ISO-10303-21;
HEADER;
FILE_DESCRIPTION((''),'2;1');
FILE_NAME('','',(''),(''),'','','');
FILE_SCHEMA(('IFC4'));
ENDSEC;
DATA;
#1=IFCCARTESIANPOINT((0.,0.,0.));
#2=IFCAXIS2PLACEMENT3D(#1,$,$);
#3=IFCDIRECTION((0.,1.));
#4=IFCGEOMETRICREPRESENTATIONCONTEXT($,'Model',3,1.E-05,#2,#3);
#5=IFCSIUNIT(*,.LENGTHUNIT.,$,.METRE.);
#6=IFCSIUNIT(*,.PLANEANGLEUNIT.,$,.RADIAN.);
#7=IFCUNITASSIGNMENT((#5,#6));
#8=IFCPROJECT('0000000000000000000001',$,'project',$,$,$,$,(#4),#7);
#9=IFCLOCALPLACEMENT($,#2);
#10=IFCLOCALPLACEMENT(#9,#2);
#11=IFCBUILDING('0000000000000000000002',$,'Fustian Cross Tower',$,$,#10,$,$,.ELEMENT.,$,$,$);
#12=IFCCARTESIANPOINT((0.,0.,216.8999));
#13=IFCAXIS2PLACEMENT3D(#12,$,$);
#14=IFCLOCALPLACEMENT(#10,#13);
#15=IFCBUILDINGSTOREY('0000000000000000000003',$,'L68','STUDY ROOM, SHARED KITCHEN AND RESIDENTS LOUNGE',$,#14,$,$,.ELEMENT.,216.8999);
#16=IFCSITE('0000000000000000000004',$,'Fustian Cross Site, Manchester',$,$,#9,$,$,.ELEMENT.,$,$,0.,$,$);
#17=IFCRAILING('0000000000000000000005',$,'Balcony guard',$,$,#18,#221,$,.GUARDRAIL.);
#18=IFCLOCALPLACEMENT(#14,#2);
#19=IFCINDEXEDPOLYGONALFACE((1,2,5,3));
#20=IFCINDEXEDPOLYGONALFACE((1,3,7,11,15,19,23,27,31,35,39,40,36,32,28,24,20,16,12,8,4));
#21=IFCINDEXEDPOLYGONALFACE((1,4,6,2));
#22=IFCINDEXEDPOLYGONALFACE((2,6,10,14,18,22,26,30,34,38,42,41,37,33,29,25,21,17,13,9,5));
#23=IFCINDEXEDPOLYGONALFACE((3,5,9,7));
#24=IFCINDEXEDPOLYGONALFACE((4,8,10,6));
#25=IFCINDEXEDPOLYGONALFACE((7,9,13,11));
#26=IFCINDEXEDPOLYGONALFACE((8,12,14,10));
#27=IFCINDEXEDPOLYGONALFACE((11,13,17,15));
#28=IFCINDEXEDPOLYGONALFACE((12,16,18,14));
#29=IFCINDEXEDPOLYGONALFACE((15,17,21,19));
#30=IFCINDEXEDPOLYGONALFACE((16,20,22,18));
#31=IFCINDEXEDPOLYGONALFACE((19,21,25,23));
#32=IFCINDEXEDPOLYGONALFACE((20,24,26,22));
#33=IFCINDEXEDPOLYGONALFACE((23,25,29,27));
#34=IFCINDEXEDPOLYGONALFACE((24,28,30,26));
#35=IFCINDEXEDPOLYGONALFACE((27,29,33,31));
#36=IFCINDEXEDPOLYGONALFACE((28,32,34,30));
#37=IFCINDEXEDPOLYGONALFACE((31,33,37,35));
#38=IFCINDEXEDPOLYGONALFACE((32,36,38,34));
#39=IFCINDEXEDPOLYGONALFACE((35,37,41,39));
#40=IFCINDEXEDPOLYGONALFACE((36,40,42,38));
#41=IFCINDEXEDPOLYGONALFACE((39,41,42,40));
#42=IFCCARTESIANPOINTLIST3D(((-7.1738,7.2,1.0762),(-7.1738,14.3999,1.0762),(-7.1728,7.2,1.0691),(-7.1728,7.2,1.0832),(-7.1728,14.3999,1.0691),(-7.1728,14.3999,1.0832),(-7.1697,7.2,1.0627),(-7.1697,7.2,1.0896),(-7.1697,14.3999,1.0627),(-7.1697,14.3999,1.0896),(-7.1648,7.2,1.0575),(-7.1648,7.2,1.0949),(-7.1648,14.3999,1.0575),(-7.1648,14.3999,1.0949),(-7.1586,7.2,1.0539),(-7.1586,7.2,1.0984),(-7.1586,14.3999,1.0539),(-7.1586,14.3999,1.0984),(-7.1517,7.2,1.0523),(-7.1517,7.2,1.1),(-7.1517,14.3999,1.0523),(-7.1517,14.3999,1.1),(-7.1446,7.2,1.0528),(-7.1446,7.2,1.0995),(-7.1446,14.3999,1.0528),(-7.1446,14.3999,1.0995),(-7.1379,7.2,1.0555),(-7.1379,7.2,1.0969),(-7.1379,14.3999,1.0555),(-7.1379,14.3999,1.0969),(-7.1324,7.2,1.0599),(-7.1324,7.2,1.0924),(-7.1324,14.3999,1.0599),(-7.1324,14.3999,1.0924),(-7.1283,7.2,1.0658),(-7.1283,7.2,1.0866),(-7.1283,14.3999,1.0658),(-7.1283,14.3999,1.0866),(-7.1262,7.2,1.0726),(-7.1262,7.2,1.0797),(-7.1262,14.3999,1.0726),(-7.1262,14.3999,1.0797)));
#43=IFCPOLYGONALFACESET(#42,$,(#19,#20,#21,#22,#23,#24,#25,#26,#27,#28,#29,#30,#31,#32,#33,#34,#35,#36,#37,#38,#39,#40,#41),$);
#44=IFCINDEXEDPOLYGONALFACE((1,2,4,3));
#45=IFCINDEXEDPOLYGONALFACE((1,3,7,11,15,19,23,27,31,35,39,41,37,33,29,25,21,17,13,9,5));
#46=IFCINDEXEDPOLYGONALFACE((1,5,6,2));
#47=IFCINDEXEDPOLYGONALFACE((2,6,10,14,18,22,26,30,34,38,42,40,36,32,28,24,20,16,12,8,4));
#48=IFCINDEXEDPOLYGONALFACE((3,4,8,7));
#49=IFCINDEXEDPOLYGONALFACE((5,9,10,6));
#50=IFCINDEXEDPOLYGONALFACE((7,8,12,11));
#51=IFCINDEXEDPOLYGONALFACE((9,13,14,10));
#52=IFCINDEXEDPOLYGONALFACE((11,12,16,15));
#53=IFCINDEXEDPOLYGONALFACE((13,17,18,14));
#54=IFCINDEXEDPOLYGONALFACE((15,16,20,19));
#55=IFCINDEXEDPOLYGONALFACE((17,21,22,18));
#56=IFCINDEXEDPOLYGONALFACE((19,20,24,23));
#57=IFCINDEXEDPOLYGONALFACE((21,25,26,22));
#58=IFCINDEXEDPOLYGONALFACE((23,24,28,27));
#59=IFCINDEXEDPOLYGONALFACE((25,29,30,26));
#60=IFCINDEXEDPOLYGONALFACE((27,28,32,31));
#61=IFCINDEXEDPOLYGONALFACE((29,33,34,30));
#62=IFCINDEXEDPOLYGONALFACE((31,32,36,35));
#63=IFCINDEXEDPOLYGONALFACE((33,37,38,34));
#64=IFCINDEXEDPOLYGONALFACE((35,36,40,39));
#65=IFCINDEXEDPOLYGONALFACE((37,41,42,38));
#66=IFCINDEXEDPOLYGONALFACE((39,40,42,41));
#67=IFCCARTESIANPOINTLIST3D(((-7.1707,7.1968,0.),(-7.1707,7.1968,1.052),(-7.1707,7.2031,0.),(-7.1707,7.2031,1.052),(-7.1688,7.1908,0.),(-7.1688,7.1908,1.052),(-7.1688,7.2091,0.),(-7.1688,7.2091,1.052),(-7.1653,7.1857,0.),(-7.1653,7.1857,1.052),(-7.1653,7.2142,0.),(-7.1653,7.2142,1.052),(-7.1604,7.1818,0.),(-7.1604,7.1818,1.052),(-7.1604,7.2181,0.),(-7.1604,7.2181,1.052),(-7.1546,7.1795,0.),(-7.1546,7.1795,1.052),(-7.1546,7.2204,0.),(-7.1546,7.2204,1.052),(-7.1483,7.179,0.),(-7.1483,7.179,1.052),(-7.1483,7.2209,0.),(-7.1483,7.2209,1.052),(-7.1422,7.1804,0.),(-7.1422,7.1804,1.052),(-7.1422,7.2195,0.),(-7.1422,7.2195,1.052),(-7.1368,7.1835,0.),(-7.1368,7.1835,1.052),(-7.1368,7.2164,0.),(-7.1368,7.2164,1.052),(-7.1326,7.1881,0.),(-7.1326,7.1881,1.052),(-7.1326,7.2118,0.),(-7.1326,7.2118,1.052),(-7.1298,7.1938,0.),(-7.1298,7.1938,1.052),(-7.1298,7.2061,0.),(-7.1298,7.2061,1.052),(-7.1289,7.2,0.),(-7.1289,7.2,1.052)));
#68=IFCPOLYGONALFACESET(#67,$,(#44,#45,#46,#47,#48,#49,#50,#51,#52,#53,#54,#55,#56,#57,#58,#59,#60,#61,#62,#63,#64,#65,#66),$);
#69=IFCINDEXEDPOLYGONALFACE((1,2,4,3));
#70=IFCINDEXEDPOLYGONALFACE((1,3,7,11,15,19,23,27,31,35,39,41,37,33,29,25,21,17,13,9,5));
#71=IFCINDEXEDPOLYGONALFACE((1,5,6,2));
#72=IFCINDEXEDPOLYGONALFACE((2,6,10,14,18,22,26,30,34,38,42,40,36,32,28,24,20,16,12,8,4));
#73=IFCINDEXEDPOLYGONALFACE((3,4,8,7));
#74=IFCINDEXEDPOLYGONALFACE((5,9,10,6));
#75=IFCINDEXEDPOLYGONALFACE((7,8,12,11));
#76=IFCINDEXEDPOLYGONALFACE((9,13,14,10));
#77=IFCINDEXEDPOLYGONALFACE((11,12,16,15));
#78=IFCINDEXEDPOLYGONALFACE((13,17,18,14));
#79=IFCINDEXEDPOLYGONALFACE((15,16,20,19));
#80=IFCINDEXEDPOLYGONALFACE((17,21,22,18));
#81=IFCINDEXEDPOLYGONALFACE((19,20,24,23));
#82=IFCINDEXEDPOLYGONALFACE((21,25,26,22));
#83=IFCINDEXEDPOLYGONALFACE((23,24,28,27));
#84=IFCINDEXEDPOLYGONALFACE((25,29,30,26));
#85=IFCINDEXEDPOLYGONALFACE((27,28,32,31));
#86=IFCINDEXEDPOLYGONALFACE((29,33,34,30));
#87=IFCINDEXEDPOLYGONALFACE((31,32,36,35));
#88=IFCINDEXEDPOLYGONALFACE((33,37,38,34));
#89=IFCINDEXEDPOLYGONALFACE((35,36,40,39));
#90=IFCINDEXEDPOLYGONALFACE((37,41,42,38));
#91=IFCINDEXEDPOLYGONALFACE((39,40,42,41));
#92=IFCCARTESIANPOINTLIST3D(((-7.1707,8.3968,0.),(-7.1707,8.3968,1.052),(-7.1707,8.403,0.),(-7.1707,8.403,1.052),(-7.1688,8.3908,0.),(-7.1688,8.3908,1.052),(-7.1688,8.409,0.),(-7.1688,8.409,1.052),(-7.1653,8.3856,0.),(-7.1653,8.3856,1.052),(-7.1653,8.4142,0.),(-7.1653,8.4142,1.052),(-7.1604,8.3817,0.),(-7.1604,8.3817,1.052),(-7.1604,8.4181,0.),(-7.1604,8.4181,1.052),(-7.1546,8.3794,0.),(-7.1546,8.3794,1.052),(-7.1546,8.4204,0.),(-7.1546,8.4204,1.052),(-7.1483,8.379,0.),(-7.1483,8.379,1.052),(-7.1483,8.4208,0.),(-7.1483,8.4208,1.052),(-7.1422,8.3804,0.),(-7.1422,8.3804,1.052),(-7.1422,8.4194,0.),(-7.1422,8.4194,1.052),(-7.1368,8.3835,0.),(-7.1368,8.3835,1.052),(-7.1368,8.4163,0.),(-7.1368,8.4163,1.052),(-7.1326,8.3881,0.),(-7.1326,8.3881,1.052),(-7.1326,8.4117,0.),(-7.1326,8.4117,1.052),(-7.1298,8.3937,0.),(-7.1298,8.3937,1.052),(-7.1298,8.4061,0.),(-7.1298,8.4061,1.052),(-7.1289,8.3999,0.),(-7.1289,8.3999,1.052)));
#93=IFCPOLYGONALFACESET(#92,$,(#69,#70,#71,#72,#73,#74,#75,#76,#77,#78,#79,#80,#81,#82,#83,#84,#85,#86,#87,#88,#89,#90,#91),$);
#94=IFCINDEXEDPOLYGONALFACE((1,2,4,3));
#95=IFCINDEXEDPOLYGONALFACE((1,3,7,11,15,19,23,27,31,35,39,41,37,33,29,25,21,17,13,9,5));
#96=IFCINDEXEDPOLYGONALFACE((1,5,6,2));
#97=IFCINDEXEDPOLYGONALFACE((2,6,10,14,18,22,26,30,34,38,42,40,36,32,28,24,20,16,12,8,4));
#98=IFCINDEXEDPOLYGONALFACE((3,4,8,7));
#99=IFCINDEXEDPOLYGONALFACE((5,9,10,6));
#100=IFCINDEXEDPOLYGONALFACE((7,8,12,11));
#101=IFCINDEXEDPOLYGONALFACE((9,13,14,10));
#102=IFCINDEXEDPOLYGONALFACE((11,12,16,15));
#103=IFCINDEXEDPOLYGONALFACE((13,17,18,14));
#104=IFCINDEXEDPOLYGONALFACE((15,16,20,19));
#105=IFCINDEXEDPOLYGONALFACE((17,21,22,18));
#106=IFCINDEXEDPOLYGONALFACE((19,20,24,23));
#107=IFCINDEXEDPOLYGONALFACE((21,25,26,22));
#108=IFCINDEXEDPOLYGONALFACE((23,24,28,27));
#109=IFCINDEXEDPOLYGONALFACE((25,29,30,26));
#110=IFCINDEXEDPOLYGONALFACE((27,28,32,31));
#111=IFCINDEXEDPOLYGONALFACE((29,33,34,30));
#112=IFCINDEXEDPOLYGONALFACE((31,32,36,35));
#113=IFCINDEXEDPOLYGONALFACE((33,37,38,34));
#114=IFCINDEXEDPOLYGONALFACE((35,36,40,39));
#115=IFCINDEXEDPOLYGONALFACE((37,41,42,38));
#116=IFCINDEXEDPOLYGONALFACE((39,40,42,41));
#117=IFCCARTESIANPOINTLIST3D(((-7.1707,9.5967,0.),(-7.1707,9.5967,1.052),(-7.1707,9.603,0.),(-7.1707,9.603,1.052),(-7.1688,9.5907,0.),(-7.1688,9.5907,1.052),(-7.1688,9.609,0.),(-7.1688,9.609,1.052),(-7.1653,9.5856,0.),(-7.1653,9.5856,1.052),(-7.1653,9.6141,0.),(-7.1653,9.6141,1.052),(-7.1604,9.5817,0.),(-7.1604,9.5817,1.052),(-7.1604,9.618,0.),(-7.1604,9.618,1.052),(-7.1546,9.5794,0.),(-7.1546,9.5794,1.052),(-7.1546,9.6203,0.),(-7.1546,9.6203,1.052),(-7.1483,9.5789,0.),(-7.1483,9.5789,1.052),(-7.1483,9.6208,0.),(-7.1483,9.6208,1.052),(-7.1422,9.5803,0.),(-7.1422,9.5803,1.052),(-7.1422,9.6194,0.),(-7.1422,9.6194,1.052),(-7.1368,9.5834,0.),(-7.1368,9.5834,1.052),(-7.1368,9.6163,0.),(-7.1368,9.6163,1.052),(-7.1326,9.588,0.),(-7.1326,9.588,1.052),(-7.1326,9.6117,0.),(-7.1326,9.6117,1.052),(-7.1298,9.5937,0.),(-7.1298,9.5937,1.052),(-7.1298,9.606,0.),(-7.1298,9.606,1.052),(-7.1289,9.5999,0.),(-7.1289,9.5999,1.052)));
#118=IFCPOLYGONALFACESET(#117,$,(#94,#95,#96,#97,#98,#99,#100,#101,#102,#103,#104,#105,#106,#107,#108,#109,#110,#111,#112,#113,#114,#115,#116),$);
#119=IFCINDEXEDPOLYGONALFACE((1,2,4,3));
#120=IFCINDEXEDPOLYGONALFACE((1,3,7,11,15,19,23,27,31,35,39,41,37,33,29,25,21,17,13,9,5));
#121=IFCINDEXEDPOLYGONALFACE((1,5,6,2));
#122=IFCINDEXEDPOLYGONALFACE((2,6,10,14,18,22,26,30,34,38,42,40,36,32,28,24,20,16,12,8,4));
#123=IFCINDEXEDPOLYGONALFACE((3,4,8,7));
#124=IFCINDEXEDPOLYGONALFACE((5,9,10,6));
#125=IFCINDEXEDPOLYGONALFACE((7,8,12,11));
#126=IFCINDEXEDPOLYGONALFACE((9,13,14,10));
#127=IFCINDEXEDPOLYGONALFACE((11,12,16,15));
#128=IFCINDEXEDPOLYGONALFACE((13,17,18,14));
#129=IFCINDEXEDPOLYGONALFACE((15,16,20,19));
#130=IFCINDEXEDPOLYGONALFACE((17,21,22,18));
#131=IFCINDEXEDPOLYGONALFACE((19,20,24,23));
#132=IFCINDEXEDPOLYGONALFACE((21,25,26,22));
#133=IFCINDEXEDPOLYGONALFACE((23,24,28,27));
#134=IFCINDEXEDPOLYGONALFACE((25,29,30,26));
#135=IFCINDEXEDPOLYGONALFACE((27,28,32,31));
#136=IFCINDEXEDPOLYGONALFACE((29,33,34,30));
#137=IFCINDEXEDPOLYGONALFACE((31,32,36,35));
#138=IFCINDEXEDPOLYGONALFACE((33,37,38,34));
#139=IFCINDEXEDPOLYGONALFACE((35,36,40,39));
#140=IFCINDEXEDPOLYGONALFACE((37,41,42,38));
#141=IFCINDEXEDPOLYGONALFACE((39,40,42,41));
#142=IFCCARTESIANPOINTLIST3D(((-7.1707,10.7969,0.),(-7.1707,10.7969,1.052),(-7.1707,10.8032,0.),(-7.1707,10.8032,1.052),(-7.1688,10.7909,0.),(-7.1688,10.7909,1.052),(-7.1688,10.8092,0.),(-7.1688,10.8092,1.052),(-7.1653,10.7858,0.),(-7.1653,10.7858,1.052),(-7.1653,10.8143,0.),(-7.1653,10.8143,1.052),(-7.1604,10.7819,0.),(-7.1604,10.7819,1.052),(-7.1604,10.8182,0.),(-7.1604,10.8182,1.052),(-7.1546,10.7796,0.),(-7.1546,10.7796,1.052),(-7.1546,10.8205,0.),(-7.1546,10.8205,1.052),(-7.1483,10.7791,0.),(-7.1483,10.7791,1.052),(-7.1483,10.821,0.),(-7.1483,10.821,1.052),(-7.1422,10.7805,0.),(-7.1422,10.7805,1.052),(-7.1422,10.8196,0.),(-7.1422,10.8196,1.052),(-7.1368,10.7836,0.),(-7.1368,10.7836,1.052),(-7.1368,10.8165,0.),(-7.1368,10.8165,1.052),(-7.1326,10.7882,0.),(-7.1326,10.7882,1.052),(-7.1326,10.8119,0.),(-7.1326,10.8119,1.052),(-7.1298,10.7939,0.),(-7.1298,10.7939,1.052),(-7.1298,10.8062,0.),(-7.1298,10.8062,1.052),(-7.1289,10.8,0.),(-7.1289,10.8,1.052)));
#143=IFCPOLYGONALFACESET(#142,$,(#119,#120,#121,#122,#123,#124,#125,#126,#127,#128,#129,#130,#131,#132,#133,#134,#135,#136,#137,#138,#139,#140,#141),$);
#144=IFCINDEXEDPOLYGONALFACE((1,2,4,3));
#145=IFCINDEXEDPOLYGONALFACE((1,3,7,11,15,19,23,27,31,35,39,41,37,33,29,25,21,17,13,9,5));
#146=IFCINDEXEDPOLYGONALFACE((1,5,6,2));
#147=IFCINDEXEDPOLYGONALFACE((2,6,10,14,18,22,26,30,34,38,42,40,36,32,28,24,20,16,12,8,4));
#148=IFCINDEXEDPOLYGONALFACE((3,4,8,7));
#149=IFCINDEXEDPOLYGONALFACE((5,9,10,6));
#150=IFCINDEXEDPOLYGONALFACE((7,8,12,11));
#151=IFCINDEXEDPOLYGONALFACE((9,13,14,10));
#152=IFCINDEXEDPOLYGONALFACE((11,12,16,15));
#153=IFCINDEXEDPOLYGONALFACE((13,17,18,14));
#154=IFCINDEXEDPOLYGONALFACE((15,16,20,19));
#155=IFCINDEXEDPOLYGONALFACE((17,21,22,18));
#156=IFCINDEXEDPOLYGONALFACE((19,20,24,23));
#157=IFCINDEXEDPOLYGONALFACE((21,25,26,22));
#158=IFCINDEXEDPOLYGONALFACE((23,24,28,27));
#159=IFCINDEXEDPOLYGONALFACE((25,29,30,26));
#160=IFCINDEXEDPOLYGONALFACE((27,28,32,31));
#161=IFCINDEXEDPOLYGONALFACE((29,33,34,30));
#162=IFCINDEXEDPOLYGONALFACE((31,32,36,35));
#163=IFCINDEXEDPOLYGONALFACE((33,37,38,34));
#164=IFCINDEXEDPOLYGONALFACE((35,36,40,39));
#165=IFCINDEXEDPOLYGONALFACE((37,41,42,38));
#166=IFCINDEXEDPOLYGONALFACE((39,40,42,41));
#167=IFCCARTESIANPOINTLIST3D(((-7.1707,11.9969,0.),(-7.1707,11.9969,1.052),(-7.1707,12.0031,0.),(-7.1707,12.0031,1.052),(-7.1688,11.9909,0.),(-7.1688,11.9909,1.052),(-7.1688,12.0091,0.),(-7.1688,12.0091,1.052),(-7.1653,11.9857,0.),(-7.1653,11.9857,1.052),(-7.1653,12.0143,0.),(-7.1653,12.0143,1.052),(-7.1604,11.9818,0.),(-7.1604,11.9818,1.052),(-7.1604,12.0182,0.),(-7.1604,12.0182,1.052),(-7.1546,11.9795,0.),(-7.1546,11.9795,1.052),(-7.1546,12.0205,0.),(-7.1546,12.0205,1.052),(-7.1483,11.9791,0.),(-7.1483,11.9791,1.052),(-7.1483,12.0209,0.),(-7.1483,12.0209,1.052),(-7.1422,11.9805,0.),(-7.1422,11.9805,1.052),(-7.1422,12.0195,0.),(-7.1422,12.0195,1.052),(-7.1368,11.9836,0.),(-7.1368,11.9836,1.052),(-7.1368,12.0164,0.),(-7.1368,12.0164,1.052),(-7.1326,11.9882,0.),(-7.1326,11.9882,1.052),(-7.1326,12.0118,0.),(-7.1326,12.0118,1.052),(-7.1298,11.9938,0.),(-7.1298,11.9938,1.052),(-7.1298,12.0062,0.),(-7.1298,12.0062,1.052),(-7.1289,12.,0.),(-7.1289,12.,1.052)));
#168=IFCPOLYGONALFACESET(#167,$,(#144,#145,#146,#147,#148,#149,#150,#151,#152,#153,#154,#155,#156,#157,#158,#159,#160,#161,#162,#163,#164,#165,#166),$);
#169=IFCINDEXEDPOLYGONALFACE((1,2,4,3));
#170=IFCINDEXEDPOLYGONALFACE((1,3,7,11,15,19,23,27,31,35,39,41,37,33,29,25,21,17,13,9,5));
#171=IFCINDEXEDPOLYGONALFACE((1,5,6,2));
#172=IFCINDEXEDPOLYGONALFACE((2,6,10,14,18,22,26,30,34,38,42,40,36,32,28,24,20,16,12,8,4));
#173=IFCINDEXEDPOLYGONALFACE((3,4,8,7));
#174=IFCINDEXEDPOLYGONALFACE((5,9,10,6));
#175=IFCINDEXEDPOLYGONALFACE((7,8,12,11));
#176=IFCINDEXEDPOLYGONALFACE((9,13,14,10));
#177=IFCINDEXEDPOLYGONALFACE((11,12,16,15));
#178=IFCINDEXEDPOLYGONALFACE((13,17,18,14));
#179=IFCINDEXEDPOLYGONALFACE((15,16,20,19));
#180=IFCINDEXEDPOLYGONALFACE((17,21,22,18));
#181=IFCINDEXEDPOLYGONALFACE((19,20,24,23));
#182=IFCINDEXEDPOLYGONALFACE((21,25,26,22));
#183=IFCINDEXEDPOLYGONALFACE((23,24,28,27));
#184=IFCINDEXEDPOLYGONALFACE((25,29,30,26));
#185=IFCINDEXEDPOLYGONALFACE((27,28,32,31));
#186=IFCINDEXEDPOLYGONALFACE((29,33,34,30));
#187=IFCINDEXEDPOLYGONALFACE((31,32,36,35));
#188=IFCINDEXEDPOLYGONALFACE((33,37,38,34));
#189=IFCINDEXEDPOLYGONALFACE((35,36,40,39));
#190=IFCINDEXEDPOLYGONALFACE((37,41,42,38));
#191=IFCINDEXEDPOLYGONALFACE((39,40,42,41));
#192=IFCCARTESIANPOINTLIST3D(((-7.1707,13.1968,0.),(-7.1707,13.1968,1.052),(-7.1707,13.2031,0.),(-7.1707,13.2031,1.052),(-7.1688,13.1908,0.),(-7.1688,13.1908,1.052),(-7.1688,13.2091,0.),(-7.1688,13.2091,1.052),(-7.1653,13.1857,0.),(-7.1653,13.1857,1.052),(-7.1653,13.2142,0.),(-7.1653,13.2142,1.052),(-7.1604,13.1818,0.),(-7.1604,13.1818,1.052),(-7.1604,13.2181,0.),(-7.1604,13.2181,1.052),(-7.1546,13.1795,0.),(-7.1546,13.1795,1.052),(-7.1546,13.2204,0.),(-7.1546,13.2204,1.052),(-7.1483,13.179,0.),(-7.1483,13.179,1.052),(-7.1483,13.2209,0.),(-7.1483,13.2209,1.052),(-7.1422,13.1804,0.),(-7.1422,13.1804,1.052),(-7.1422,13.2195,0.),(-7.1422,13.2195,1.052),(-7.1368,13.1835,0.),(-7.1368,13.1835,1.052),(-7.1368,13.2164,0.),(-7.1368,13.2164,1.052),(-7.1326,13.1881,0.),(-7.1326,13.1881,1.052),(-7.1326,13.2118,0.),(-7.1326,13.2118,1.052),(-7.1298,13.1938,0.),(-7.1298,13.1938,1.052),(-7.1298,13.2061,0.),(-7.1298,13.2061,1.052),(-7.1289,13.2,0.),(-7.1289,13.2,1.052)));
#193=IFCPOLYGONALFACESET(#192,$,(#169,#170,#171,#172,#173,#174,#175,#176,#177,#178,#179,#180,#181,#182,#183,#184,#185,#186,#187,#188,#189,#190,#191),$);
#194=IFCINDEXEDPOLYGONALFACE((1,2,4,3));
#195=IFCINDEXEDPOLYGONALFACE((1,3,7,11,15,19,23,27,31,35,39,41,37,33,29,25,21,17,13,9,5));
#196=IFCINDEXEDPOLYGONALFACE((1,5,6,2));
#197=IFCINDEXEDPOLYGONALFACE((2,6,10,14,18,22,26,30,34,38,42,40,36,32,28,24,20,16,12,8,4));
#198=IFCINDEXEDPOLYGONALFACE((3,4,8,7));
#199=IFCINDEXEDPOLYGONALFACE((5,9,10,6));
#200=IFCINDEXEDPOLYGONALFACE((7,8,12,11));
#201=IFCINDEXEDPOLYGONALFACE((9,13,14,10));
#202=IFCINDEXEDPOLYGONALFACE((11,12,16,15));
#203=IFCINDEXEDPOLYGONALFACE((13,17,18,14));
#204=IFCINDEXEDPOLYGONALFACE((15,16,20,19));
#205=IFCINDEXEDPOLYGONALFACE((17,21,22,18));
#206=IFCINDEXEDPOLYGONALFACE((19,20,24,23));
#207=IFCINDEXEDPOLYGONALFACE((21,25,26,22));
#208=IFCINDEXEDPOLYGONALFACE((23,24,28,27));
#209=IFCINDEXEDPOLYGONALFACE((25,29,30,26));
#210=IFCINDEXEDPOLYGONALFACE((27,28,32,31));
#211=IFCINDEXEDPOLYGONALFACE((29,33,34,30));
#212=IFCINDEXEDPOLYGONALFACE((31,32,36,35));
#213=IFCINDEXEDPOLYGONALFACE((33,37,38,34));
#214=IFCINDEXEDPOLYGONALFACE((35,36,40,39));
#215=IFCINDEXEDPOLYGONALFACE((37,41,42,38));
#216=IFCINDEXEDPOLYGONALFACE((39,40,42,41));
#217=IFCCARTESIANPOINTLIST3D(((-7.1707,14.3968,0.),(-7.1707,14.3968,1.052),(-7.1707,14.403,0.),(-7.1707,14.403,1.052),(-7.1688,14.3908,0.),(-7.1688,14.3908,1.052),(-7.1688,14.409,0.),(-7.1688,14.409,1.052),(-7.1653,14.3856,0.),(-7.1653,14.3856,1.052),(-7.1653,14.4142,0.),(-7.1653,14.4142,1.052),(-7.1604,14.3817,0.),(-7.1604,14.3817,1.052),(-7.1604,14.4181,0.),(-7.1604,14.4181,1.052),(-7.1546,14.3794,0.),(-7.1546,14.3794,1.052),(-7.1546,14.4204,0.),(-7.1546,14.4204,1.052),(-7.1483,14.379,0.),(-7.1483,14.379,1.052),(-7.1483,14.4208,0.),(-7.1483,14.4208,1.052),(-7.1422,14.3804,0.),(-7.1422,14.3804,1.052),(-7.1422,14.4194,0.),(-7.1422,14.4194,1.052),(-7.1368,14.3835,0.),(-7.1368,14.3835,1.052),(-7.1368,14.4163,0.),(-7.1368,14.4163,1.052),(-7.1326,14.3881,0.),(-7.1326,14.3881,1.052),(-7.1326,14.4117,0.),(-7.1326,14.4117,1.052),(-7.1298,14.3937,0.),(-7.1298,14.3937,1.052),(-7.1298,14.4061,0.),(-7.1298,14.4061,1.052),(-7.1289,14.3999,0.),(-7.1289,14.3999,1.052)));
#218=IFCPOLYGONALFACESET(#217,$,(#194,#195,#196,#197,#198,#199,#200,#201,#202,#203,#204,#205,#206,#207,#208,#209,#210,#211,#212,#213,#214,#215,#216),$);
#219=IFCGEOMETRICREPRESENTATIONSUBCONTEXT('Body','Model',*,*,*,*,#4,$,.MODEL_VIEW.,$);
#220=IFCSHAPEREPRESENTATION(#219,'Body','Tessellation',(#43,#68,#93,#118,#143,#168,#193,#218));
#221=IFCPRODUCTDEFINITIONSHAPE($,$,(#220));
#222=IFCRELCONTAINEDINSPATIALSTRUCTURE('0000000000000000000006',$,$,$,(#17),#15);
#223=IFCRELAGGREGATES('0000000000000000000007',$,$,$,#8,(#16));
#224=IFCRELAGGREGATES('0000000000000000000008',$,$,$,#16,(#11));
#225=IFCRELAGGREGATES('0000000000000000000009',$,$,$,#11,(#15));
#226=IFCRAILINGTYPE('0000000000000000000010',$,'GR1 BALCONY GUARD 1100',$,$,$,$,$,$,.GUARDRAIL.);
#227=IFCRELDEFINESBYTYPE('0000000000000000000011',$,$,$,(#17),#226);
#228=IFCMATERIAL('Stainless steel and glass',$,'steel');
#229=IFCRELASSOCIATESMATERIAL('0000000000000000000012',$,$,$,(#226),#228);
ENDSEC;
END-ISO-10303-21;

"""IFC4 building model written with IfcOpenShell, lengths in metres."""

from ifc_helpers import new_model, si_unit, direction, frame, origin, origin_2d, place, context, subcontext, project, spatial, circle, extrude, material, type_object, element, save


model = new_model("IFC4")

# Units and contexts
model_context = context("Model", 3, precision=1e-05, world=origin(), true_north=direction((0.0, 1.0)))
body_context = subcontext(model_context, "Body", "Model", "MODEL_VIEW")
ifc_project = project(units=[si_unit("LENGTHUNIT", "METRE"), si_unit("PLANEANGLEUNIT", "RADIAN")], contexts=[model_context])

# Site, building, storey
site_placement = place(None, origin())
site = spatial("IfcSite", under=ifc_project, at=site_placement, Name="Fustian Cross Site, Manchester", CompositionType="ELEMENT", RefElevation=0.0)
building_placement = place(site_placement, origin())
building = spatial("IfcBuilding", under=site, at=building_placement, Name="Fustian Cross Tower", CompositionType="ELEMENT")
storey_placement = place(building_placement, frame((0.0, 0.0, 216.8999)))
storey = spatial("IfcBuildingStorey", under=building, at=storey_placement, Name="L68", Description="STUDY ROOM, SHARED KITCHEN AND RESIDENTS LOUNGE", CompositionType="ELEMENT", Elevation=216.8999)

# Railing
ifc_material_1 = material(Name="Stainless steel and glass", Category="steel")
railing_type_1 = type_object("IfcRailingType", Name="GR1 BALCONY GUARD 1100", PredefinedType="GUARDRAIL", material=ifc_material_1)
railing_1_placement = place(storey_placement, frame((-7.1499, 7.2, 0.0)))
element("IfcRailing", 1, at=railing_1_placement, inside=storey, type_object=railing_type_1, Name="Balcony guard", PredefinedType="GUARDRAIL", context=body_context, shape_type="SweptSolid", body=[
    extrude(circle(Radius=0.0239, at=origin_2d()), frame((0.0, 0.0, 1.0762), z_axis=(0.0, 1.0, 0.0), x_axis=(-1.0, 0.0, 0.0)), (0.0, 0.0, 1.0), 7.2),
    extrude(circle(Radius=0.021, at=origin_2d()), origin(), (0.0, 0.0, 1.0), 1.052),
    extrude(circle(Radius=0.021, at=origin_2d()), frame((0.0, 1.2, 0.0)), (0.0, 0.0, 1.0), 1.052),
    extrude(circle(Radius=0.021, at=origin_2d()), frame((0.0, 2.3999, 0.0)), (0.0, 0.0, 1.0), 1.052),
    extrude(circle(Radius=0.021, at=origin_2d()), frame((0.0, 3.6001, 0.0)), (0.0, 0.0, 1.0), 1.052),
    extrude(circle(Radius=0.021, at=origin_2d()), frame((0.0, 4.8, 0.0)), (0.0, 0.0, 1.0), 1.052),
    extrude(circle(Radius=0.021, at=origin_2d()), frame((0.0, 6.0, 0.0)), (0.0, 0.0, 1.0), 1.052),
    extrude(circle(Radius=0.021, at=origin_2d()), frame((0.0, 7.2, 0.0)), (0.0, 0.0, 1.0), 1.052),
])

save(model, "model.ifc")
